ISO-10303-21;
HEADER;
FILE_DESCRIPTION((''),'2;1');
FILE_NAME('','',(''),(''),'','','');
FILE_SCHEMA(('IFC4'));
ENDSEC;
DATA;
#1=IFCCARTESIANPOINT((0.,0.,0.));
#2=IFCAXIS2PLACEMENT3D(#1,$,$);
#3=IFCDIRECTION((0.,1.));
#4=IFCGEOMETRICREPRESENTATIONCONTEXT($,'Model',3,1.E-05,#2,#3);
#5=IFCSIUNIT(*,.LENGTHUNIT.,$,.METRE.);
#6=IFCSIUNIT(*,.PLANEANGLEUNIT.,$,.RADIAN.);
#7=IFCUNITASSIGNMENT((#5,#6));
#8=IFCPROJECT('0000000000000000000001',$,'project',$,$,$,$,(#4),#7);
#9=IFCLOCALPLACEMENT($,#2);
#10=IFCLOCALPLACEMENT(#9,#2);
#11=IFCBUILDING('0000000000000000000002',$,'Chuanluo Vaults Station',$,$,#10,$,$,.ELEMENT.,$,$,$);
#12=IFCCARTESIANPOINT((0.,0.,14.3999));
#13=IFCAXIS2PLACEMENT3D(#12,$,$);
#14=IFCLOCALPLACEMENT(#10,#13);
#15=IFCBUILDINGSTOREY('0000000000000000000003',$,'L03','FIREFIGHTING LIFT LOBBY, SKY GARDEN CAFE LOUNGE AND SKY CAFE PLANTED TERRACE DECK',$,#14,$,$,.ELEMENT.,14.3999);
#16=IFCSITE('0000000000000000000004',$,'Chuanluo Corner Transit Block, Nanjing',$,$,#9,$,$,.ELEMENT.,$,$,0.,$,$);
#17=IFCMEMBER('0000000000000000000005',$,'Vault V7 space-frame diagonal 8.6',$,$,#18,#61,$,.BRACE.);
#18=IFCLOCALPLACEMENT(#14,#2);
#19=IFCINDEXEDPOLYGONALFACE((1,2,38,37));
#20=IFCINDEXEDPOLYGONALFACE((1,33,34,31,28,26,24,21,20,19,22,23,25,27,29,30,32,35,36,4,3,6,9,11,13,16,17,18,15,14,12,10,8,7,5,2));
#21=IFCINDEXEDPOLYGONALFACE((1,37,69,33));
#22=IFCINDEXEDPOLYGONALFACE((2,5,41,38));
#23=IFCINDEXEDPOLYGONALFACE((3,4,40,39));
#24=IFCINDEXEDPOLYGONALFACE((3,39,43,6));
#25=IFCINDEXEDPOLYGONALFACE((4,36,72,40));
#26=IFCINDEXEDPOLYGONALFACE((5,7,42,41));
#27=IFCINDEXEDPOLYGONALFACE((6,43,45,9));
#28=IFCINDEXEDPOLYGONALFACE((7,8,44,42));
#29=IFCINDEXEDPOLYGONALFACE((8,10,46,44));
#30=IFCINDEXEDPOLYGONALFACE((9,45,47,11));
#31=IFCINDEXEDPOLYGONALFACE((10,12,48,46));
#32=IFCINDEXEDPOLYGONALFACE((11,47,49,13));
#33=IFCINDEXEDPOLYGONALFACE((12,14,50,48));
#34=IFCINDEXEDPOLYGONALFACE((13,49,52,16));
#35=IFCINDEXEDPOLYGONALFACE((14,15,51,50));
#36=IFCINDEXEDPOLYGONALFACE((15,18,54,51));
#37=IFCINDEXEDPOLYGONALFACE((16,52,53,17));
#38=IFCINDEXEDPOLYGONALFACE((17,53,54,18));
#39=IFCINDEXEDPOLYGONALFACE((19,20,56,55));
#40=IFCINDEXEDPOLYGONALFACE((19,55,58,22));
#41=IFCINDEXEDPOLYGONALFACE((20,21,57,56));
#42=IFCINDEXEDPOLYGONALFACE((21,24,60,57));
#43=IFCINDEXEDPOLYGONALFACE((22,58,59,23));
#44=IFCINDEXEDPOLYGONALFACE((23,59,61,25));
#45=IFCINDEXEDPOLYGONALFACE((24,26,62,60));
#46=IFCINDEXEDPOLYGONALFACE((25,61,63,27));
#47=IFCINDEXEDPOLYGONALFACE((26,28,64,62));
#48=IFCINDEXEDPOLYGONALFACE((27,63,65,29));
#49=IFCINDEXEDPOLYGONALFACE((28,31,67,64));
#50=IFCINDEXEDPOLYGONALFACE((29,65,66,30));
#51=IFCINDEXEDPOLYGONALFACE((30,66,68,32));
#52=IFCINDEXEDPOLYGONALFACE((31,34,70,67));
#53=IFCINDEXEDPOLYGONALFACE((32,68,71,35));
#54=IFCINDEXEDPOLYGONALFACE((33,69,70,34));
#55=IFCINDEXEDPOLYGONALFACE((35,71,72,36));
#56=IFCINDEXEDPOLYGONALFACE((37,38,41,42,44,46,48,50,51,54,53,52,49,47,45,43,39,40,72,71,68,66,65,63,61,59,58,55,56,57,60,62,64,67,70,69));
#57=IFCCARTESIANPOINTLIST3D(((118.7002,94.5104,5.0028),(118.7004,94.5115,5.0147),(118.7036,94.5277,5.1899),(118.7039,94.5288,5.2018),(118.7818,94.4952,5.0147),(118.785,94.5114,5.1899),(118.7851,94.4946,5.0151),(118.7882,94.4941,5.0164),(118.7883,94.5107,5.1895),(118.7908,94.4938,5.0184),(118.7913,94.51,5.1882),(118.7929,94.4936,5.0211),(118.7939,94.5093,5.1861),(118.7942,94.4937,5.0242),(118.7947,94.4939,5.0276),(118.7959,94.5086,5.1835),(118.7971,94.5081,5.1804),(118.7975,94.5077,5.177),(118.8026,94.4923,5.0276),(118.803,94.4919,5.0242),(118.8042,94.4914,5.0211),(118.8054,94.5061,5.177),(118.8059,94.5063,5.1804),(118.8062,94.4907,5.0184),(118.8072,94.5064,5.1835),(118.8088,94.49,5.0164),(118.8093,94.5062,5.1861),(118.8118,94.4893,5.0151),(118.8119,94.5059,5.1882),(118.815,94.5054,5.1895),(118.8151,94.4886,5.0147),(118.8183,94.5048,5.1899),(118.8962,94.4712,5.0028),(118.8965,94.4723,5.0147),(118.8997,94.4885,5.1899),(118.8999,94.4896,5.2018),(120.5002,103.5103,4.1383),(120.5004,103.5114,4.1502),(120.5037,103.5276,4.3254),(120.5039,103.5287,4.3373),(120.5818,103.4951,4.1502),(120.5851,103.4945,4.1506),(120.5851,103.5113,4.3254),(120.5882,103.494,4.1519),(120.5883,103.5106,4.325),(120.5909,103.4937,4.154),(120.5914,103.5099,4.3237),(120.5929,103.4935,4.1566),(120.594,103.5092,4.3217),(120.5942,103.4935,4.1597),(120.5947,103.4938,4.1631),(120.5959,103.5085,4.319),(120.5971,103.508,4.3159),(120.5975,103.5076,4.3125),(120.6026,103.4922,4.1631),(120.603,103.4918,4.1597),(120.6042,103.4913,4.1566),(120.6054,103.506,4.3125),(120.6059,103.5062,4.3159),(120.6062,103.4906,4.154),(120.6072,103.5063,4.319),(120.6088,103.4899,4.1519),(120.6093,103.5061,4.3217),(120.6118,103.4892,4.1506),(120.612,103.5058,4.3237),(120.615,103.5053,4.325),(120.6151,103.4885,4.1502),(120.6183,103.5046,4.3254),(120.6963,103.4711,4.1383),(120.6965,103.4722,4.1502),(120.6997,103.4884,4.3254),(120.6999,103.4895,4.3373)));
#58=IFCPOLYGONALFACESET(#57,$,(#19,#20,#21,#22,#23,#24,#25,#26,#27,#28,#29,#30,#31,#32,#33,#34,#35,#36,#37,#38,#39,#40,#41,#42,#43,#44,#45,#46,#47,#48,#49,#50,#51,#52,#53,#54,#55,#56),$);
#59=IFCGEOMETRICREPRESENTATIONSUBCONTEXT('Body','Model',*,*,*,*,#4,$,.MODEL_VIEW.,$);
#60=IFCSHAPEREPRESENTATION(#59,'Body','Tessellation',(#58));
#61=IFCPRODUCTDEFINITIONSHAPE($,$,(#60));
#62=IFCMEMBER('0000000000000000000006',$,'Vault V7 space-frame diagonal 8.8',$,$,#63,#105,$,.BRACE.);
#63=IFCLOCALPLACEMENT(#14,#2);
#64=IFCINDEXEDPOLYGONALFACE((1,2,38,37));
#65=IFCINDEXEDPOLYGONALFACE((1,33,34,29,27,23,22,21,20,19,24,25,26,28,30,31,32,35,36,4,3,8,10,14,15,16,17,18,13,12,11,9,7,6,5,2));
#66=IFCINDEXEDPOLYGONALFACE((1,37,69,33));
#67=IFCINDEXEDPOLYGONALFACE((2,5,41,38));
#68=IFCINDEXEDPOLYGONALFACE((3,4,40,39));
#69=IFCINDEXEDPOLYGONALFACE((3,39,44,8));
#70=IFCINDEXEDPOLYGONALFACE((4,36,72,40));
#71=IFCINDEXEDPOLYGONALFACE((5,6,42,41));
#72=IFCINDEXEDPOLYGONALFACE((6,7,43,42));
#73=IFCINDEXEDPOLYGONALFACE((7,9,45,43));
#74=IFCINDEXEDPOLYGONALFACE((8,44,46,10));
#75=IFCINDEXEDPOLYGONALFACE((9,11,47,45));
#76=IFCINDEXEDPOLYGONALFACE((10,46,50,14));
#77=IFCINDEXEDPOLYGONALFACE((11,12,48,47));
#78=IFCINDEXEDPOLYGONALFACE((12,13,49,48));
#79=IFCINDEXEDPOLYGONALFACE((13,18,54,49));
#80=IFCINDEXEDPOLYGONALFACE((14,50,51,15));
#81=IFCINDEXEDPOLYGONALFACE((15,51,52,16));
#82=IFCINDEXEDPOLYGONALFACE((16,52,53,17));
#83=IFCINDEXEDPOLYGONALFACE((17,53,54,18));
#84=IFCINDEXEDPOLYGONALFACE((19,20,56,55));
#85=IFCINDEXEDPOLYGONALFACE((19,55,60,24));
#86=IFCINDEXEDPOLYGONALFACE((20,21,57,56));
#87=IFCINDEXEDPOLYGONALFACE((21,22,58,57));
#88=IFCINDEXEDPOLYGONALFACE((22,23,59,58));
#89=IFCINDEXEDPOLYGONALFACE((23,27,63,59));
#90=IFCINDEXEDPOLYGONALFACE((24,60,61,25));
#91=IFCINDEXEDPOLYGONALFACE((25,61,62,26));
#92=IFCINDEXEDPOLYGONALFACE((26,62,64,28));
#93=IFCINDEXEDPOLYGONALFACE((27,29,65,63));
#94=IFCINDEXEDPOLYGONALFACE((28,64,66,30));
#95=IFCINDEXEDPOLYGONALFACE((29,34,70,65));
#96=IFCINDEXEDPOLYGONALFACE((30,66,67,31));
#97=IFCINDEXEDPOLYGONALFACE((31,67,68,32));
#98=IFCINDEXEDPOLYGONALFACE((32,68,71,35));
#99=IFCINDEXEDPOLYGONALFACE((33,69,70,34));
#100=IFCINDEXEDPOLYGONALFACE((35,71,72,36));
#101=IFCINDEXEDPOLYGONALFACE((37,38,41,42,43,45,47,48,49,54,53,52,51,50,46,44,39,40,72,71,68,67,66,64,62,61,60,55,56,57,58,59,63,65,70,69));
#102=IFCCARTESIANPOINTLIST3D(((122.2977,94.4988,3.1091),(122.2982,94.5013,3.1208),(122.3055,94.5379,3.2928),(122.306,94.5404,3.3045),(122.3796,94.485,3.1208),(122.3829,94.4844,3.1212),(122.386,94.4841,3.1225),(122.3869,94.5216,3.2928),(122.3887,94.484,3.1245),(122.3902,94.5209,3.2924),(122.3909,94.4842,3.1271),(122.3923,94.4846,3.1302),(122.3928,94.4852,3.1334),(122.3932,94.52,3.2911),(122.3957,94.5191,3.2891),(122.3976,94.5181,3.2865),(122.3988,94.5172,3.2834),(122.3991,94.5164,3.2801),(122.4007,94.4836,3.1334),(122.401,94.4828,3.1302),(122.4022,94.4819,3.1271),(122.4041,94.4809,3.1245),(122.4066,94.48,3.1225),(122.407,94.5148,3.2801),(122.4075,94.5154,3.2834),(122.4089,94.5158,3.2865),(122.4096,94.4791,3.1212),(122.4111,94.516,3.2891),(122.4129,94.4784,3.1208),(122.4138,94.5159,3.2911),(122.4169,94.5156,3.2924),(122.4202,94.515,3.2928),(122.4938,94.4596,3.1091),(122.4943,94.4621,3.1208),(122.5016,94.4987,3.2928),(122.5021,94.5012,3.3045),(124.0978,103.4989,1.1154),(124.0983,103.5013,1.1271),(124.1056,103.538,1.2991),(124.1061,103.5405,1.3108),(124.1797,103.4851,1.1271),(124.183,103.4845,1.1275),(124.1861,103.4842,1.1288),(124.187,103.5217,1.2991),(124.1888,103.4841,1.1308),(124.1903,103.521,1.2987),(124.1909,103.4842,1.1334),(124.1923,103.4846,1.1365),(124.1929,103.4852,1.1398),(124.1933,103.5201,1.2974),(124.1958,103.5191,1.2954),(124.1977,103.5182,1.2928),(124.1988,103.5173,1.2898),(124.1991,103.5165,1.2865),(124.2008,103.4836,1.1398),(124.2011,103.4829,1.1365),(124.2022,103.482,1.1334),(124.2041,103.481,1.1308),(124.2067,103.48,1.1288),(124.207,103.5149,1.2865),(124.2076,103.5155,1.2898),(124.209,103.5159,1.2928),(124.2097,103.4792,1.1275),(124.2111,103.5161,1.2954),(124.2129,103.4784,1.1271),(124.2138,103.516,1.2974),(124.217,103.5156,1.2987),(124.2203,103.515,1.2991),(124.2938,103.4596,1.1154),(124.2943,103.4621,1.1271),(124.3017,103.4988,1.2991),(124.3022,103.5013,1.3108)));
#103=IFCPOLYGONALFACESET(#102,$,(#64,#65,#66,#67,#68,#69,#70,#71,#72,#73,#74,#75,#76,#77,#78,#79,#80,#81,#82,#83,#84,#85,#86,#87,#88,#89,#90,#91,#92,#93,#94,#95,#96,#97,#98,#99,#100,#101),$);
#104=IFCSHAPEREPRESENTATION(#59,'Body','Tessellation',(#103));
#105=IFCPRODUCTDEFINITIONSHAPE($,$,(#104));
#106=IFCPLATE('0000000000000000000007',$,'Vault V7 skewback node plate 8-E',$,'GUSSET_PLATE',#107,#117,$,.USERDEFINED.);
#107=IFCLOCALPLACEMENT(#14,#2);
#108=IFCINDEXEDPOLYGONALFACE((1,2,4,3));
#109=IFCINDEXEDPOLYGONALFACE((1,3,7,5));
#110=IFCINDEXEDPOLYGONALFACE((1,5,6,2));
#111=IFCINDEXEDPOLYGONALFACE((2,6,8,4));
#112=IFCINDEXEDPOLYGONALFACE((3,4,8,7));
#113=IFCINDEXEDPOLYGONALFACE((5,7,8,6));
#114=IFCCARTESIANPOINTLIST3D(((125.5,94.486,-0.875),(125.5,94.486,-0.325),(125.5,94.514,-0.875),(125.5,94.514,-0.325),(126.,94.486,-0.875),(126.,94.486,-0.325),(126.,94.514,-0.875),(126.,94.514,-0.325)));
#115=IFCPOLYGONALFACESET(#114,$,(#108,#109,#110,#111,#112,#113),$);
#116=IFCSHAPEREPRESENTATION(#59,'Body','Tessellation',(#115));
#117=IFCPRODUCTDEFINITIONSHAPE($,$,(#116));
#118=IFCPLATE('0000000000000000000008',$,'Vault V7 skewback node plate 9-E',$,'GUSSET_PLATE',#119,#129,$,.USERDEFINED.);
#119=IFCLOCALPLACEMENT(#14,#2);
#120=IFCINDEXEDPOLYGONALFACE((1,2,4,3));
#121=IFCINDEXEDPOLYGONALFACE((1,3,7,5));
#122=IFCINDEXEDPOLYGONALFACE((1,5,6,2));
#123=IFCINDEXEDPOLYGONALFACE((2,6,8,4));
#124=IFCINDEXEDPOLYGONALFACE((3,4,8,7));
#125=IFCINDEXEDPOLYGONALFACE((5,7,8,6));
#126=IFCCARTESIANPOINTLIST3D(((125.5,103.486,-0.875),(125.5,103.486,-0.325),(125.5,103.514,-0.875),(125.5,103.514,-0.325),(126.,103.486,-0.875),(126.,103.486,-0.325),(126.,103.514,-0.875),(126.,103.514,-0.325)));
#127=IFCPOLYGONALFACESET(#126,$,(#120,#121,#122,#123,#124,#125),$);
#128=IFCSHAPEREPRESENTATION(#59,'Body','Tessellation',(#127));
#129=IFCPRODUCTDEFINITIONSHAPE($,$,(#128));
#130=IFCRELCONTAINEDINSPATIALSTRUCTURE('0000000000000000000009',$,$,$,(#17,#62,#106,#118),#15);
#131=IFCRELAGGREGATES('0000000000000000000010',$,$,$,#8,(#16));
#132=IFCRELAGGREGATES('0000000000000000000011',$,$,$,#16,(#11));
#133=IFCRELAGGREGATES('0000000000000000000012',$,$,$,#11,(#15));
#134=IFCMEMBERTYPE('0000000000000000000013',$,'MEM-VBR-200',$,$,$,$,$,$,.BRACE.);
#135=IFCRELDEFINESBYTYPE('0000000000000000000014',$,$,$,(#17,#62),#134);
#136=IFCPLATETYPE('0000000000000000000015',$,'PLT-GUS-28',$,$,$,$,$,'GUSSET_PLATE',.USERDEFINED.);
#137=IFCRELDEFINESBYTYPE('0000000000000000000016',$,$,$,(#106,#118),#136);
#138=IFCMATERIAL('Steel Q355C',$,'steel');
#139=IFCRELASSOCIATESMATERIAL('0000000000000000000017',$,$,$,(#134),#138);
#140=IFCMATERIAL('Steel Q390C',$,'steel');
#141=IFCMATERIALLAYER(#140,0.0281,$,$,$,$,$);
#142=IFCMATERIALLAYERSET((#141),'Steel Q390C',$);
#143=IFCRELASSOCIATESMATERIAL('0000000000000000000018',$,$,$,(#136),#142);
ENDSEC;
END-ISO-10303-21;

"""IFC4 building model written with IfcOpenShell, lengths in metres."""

from ifc_helpers import new_model, si_unit, direction, frame, origin, origin_2d, place, context, subcontext, project, spatial, rectangle, i_section, extrude, material, layer, layer_set, material_profile, profile_set, type_object, element, save


model = new_model("IFC4")

# Units and contexts
model_context = context("Model", 3, precision=1e-05, world=origin(), true_north=direction((0.0, 1.0)))
body_context = subcontext(model_context, "Body", "Model", "MODEL_VIEW")
ifc_project = project(units=[si_unit("LENGTHUNIT", "METRE"), si_unit("PLANEANGLEUNIT", "RADIAN")], contexts=[model_context])

# Site, building, storey
site_placement = place(None, origin())
site = spatial("IfcSite", under=ifc_project, at=site_placement, Name="Chuanluo Corner Transit Block, Nanjing", CompositionType="ELEMENT", RefElevation=0.0)
building_placement = place(site_placement, origin())
building = spatial("IfcBuilding", under=site, at=building_placement, Name="Chuanluo Vaults Station", CompositionType="ELEMENT")
storey_placement = place(building_placement, frame((0.0, 0.0, 14.3999)))
storey = spatial("IfcBuildingStorey", under=building, at=storey_placement, Name="L03", Description="FIREFIGHTING LIFT LOBBY, SKY GARDEN CAFE LOUNGE AND SKY CAFE PLANTED TERRACE DECK", CompositionType="ELEMENT", Elevation=14.3999)

# Members
ifc_material_1 = material(Name="Steel Q355C", Category="steel")
ifc_material_profile_1 = material_profile(ifc_material_1, i_section(OverallWidth=0.2, OverallDepth=0.2, WebThickness=0.0081, FlangeThickness=0.012, FilletRadius=0.0129, at=origin_2d()))
ifc_profile_set_1 = profile_set([ifc_material_profile_1], Name="Steel Q355C")
member_type_1 = type_object("IfcMemberType", Name="MEM-VBR-200", PredefinedType="BRACE", material=ifc_profile_set_1)
member_1_placement = place(storey_placement, frame((118.8, 94.5, 5.1023), z_axis=(0.195257, 0.976259, -0.093775), x_axis=(-0.98058, 0.196121, 0.0)))
element("IfcMember", 1, at=member_1_placement, inside=storey, type_object=member_type_1, Name="Vault V7 space-frame diagonal 8.6", PredefinedType="BRACE", context=body_context, shape_type="SweptSolid", body=[
    extrude(i_section(OverallWidth=0.2, OverallDepth=0.2, WebThickness=0.0081, FlangeThickness=0.012, FilletRadius=0.0129, at=origin_2d()), origin(), (0.0, 0.0, 1.0), 9.2188),
])
member_2_placement = place(storey_placement, frame((122.3999, 94.5, 3.2068), z_axis=(0.191652, 0.958234, -0.212265), x_axis=(-0.98058, 0.196121, 0.0)))
element("IfcMember", 2, at=member_2_placement, inside=storey, type_object=member_type_1, Name="Vault V7 space-frame diagonal 8.8", PredefinedType="BRACE", context=body_context, shape_type="SweptSolid", body=[
    extrude(i_section(OverallWidth=0.2, OverallDepth=0.2, WebThickness=0.0081, FlangeThickness=0.012, FilletRadius=0.0129, at=origin_2d()), origin(), (0.0, 0.0, 1.0), 9.3923),
])

# Plates
ifc_material_2 = material(Name="Steel Q390C", Category="steel")
ifc_layer = layer(ifc_material_2, 0.0281)
ifc_layer_set = layer_set([ifc_layer], Name="Steel Q390C")
plate_type = type_object("IfcPlateType", Name="PLT-GUS-28", ElementType="GUSSET_PLATE", PredefinedType="USERDEFINED", material=ifc_layer_set)
for number, where, z_axis, x_axis, name in (
    (3, (125.75, 94.5, -0.875), (0.0, 0.0, 1.0), (1.0, 0.0, 0.0), "Vault V7 skewback node plate 8-E"),
    (4, (125.75, 103.5, -0.875), (0.0, 0.0, 1.0), (1.0, 0.0, 0.0), "Vault V7 skewback node plate 9-E"),
):
    element("IfcPlate", number, at=place(storey_placement, frame(where, z_axis=z_axis, x_axis=x_axis)), inside=storey, type_object=plate_type, Name=name, ObjectType="GUSSET_PLATE", PredefinedType="USERDEFINED", context=body_context, shape_type="SweptSolid", body=[
        extrude(rectangle(XDim=0.5, YDim=0.0281, at=origin_2d()), origin(), (0.0, 0.0, 1.0), 0.55),
    ])

save(model, "model.ifc")
